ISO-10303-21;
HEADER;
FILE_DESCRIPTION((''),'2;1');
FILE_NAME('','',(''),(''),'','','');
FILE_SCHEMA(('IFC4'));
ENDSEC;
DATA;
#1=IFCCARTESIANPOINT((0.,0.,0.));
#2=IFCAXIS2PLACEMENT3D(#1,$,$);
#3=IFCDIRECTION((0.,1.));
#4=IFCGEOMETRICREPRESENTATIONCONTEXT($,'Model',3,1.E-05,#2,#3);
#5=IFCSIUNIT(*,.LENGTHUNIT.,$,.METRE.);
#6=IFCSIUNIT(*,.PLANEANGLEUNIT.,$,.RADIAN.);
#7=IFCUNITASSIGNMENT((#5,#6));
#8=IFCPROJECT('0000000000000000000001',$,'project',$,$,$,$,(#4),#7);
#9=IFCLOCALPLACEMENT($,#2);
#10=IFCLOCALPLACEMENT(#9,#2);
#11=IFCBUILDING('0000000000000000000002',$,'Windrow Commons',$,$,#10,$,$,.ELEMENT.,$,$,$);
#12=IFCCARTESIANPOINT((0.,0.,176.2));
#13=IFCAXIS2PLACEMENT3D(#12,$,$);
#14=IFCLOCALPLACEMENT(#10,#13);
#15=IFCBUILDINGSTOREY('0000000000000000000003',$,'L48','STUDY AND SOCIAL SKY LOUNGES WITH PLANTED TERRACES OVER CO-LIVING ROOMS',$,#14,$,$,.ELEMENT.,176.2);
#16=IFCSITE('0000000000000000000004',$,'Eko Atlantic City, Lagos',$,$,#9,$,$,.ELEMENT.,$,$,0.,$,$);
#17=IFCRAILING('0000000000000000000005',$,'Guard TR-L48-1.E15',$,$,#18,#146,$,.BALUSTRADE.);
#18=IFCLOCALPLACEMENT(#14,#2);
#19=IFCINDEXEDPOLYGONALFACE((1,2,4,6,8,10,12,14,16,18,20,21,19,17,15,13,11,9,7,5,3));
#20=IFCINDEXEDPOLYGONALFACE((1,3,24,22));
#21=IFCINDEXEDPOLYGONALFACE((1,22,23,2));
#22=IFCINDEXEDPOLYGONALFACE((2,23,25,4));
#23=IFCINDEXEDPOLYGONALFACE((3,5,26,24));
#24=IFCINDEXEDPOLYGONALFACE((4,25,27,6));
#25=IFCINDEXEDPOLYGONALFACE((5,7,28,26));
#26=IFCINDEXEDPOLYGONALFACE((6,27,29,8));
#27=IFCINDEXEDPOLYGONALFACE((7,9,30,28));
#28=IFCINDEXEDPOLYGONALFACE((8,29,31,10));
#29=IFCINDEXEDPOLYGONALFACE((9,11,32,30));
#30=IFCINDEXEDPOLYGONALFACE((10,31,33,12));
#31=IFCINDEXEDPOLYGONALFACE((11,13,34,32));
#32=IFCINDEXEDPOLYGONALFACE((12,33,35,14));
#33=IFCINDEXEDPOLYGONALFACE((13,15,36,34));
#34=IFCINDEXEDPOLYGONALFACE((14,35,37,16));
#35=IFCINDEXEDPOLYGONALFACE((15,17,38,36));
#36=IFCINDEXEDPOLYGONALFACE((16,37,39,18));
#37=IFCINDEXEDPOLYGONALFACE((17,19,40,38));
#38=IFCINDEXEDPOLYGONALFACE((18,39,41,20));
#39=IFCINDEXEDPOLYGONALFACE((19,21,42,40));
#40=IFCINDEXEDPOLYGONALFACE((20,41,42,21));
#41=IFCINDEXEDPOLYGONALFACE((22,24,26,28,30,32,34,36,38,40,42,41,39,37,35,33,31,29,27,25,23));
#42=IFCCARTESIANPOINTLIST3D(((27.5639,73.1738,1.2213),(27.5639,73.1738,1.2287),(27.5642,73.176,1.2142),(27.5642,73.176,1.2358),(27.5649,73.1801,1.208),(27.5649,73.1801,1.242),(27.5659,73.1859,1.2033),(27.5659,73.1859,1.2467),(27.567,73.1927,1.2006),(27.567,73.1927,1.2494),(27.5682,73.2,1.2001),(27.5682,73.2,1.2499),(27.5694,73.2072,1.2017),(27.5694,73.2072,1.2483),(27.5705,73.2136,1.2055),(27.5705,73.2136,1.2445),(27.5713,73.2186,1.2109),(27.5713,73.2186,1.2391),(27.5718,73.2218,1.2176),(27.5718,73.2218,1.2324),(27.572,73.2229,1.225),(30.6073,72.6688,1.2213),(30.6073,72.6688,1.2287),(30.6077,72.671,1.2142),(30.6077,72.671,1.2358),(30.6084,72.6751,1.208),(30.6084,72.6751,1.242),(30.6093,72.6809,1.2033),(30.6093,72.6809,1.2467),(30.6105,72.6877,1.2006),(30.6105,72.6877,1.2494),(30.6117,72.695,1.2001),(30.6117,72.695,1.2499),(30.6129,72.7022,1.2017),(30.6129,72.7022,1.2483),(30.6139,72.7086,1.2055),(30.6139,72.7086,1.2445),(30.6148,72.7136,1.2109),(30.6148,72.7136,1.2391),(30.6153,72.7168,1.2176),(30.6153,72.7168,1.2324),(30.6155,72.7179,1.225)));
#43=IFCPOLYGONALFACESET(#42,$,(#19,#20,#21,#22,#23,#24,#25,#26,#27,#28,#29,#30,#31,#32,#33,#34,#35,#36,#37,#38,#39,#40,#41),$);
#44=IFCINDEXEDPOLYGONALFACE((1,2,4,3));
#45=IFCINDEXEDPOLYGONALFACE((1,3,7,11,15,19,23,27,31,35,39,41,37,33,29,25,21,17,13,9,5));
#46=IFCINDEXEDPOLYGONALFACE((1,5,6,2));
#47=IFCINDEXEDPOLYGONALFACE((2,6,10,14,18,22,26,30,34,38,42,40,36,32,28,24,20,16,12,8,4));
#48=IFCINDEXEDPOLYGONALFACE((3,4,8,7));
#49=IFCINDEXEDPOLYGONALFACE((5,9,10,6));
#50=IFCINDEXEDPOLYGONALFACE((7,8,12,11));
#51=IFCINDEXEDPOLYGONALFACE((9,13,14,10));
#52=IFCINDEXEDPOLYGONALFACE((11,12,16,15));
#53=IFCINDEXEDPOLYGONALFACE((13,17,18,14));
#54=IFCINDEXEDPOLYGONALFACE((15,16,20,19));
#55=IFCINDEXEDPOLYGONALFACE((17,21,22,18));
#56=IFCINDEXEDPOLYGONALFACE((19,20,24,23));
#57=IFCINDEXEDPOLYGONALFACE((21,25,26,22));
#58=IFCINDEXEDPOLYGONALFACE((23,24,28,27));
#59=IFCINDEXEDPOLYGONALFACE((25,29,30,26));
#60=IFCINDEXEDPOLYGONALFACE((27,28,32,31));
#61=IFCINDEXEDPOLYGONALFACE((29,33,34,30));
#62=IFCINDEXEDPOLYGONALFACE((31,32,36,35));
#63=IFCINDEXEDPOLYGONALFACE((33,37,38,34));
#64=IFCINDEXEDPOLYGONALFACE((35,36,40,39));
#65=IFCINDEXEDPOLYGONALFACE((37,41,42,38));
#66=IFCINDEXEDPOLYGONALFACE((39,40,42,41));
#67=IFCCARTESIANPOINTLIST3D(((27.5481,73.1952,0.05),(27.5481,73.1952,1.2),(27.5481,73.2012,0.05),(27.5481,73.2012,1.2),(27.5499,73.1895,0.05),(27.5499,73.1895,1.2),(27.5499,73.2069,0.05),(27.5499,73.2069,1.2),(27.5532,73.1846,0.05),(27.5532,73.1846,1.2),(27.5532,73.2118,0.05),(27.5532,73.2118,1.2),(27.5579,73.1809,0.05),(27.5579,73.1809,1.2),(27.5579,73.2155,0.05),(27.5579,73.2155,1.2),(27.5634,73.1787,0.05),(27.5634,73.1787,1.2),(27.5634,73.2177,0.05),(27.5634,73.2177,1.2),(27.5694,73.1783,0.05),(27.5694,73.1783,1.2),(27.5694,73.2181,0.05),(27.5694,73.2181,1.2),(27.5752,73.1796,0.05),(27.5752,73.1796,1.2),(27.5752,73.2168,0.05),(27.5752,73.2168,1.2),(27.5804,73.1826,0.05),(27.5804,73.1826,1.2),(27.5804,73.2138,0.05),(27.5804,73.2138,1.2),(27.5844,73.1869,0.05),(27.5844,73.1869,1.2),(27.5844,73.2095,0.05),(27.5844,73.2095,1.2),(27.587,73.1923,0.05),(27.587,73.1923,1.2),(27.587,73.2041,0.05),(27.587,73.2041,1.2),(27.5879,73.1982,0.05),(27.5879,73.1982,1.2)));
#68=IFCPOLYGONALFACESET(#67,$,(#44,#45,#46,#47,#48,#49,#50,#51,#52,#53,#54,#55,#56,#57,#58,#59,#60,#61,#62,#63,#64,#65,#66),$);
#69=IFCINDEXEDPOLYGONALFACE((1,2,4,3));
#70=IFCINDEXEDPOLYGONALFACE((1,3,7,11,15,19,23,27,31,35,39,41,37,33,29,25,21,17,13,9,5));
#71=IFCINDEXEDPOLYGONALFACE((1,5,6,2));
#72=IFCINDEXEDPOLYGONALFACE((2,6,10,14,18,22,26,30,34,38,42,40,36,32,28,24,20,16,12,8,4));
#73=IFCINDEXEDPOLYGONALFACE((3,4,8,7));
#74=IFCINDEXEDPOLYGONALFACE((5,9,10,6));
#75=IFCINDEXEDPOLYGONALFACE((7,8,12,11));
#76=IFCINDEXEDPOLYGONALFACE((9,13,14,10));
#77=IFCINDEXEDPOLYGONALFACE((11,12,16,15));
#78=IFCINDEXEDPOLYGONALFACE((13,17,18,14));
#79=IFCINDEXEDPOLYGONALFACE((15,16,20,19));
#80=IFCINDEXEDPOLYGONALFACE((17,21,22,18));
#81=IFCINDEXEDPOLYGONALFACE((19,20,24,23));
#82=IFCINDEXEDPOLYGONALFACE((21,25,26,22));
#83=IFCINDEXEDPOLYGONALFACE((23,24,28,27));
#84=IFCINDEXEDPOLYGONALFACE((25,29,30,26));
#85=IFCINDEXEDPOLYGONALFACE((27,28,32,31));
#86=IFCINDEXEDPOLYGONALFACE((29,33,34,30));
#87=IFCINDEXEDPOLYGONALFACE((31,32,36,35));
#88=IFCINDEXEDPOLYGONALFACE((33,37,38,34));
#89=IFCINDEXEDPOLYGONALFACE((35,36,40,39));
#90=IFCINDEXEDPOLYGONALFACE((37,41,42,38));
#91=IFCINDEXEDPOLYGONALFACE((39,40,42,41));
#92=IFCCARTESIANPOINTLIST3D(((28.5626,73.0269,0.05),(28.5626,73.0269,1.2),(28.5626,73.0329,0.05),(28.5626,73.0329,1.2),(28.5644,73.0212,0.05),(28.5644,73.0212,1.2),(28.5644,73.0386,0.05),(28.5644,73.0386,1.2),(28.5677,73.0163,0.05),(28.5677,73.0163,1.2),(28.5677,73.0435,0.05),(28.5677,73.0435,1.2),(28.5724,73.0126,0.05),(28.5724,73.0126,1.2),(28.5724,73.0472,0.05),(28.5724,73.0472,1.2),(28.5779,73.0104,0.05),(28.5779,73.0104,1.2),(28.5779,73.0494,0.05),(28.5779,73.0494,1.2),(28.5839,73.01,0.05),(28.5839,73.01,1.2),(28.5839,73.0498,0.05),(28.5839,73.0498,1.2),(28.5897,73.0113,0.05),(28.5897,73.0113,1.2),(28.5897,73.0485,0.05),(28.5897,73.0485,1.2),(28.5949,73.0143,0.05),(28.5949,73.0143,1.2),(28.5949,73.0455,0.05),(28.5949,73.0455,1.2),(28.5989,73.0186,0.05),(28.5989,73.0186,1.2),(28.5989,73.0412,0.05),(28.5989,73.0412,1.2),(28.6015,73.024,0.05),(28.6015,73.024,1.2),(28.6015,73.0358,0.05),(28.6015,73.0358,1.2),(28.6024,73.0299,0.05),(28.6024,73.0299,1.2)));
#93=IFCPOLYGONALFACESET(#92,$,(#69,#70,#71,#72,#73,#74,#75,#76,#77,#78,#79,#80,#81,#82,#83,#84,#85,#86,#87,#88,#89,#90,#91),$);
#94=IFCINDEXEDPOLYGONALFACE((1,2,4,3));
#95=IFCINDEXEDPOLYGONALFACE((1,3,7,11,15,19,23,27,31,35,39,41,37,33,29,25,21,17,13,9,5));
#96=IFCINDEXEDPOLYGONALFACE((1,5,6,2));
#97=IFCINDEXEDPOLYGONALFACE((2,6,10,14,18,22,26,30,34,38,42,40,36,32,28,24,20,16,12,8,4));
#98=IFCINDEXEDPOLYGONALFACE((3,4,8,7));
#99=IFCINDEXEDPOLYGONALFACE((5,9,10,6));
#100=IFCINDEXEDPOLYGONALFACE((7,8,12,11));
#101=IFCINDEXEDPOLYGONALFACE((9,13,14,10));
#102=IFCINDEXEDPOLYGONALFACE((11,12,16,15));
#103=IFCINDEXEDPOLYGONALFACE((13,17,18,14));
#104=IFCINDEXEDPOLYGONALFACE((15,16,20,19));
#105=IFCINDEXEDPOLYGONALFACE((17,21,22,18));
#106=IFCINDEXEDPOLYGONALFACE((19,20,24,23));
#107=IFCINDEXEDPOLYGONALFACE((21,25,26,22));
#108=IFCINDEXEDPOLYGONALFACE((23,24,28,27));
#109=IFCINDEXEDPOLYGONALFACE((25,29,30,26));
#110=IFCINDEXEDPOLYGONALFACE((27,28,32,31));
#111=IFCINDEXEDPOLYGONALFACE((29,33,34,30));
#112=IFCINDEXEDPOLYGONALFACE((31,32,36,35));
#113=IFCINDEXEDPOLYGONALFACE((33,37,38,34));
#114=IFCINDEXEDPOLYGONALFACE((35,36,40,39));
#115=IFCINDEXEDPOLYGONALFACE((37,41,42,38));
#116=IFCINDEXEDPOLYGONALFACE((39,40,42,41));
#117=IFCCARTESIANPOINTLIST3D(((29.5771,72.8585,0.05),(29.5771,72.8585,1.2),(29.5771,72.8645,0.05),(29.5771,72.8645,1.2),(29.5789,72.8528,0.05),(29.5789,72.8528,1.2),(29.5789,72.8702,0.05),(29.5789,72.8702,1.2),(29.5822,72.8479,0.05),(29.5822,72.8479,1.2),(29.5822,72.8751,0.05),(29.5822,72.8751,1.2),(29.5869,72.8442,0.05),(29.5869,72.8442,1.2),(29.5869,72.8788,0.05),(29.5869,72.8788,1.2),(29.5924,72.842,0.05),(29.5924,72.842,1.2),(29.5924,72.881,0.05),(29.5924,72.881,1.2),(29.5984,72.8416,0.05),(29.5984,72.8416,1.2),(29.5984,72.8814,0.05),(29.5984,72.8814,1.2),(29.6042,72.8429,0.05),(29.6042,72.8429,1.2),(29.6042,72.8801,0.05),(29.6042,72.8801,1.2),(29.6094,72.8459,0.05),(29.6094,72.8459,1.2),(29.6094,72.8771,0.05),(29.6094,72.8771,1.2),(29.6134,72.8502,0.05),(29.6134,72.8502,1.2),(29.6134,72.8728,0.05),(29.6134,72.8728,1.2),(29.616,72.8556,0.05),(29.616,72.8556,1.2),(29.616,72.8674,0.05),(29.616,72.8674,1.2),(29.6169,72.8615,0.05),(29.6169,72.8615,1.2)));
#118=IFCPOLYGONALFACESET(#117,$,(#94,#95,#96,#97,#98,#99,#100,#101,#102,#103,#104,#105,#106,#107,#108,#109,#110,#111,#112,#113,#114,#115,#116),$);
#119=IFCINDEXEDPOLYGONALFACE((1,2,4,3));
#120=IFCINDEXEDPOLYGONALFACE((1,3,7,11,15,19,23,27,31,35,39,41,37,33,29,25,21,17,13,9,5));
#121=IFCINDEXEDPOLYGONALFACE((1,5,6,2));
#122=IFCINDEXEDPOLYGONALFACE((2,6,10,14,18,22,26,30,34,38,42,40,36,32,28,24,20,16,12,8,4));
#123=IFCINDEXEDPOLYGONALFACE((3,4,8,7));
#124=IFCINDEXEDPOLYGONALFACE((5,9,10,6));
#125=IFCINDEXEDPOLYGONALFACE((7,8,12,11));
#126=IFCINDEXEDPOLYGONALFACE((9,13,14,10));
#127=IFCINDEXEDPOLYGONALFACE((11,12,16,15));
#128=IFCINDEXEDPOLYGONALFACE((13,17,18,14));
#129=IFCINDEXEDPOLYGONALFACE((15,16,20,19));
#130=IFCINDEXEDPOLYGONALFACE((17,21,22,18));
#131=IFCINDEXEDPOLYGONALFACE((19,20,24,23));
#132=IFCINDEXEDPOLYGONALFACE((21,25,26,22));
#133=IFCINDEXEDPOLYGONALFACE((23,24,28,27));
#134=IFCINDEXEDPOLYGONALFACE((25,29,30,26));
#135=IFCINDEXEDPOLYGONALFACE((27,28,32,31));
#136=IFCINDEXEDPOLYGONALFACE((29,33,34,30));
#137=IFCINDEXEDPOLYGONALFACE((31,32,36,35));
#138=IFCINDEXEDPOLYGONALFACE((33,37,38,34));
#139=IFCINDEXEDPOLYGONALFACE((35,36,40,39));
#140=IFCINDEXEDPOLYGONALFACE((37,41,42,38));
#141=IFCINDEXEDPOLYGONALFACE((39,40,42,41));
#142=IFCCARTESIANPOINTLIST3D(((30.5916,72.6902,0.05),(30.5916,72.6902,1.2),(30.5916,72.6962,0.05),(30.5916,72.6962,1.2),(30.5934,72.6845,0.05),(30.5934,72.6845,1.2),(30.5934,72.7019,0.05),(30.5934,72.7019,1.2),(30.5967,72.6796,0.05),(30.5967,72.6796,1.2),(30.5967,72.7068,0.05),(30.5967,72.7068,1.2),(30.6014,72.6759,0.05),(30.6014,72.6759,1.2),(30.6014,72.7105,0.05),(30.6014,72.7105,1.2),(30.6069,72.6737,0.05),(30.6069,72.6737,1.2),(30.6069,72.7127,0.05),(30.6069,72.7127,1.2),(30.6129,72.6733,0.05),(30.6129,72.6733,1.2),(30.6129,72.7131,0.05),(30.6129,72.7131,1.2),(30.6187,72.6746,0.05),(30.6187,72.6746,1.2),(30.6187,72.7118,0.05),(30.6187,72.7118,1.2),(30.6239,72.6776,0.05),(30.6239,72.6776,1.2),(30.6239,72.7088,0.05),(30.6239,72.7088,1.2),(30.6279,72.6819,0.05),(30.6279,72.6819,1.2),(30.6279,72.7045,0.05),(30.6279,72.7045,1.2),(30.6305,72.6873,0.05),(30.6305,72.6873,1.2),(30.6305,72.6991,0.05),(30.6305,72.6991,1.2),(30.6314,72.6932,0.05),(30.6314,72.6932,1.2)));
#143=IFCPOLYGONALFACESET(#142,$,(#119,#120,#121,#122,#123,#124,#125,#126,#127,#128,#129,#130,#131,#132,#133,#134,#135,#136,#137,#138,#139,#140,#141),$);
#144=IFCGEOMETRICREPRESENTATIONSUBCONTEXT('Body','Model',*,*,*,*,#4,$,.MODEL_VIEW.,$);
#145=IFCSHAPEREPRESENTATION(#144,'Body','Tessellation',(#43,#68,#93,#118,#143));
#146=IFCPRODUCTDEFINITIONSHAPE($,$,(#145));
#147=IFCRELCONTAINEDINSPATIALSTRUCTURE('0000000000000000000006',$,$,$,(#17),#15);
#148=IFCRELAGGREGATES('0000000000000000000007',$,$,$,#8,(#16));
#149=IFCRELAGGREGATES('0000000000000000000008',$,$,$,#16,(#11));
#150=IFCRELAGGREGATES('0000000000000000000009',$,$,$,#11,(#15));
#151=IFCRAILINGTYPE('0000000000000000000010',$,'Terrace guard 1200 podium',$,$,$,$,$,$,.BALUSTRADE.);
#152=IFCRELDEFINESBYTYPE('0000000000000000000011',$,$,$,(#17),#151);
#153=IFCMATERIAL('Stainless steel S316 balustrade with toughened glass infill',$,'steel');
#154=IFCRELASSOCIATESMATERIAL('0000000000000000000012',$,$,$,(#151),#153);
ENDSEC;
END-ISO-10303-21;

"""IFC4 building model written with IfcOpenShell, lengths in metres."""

from ifc_helpers import new_model, si_unit, direction, frame, origin, origin_2d, place, context, subcontext, project, spatial, circle, extrude, material, type_object, element, save


model = new_model("IFC4")

# Units and contexts
model_context = context("Model", 3, precision=1e-05, world=origin(), true_north=direction((0.0, 1.0)))
body_context = subcontext(model_context, "Body", "Model", "MODEL_VIEW")
ifc_project = project(units=[si_unit("LENGTHUNIT", "METRE"), si_unit("PLANEANGLEUNIT", "RADIAN")], contexts=[model_context])

# Site, building, storey
site_placement = place(None, origin())
site = spatial("IfcSite", under=ifc_project, at=site_placement, Name="Eko Atlantic City, Lagos", CompositionType="ELEMENT", RefElevation=0.0)
building_placement = place(site_placement, origin())
building = spatial("IfcBuilding", under=site, at=building_placement, Name="Windrow Commons", CompositionType="ELEMENT")
storey_placement = place(building_placement, frame((0.0, 0.0, 176.2)))
storey = spatial("IfcBuildingStorey", under=building, at=storey_placement, Name="L48", Description="STUDY AND SOCIAL SKY LOUNGES WITH PLANTED TERRACES OVER CO-LIVING ROOMS", CompositionType="ELEMENT", Elevation=176.2)

# Railing
ifc_material_1 = material(Name="Stainless steel S316 balustrade with toughened glass infill", Category="steel")
railing_type = type_object("IfcRailingType", Name="Terrace guard 1200 podium", PredefinedType="BALUSTRADE", material=ifc_material_1)
railing_1_placement = place(storey_placement, frame((27.5679, 73.1982, 0.05)))
element("IfcRailing", 1, at=railing_1_placement, inside=storey, type_object=railing_type, Name="Guard TR-L48-1.E15", PredefinedType="BALUSTRADE", context=body_context, shape_type="SweptSolid", body=[
    extrude(circle(Radius=0.025, at=origin_2d()), frame((0.0, 0.0, 1.175), z_axis=(0.986512, -0.163689, 0.0), x_axis=(0.163689, 0.986512, 0.0)), (0.0, 0.0, 1.0), 3.0851),
    extrude(circle(Radius=0.02, at=origin_2d()), origin(), (0.0, 0.0, 1.0), 1.15),
    extrude(circle(Radius=0.02, at=origin_2d()), frame((1.0145, -0.1683, 0.0)), (0.0, 0.0, 1.0), 1.15),
    extrude(circle(Radius=0.02, at=origin_2d()), frame((2.029, -0.3367, 0.0)), (0.0, 0.0, 1.0), 1.15),
    extrude(circle(Radius=0.02, at=origin_2d()), frame((3.0435, -0.505, 0.0)), (0.0, 0.0, 1.0), 1.15),
])

save(model, "model.ifc")
